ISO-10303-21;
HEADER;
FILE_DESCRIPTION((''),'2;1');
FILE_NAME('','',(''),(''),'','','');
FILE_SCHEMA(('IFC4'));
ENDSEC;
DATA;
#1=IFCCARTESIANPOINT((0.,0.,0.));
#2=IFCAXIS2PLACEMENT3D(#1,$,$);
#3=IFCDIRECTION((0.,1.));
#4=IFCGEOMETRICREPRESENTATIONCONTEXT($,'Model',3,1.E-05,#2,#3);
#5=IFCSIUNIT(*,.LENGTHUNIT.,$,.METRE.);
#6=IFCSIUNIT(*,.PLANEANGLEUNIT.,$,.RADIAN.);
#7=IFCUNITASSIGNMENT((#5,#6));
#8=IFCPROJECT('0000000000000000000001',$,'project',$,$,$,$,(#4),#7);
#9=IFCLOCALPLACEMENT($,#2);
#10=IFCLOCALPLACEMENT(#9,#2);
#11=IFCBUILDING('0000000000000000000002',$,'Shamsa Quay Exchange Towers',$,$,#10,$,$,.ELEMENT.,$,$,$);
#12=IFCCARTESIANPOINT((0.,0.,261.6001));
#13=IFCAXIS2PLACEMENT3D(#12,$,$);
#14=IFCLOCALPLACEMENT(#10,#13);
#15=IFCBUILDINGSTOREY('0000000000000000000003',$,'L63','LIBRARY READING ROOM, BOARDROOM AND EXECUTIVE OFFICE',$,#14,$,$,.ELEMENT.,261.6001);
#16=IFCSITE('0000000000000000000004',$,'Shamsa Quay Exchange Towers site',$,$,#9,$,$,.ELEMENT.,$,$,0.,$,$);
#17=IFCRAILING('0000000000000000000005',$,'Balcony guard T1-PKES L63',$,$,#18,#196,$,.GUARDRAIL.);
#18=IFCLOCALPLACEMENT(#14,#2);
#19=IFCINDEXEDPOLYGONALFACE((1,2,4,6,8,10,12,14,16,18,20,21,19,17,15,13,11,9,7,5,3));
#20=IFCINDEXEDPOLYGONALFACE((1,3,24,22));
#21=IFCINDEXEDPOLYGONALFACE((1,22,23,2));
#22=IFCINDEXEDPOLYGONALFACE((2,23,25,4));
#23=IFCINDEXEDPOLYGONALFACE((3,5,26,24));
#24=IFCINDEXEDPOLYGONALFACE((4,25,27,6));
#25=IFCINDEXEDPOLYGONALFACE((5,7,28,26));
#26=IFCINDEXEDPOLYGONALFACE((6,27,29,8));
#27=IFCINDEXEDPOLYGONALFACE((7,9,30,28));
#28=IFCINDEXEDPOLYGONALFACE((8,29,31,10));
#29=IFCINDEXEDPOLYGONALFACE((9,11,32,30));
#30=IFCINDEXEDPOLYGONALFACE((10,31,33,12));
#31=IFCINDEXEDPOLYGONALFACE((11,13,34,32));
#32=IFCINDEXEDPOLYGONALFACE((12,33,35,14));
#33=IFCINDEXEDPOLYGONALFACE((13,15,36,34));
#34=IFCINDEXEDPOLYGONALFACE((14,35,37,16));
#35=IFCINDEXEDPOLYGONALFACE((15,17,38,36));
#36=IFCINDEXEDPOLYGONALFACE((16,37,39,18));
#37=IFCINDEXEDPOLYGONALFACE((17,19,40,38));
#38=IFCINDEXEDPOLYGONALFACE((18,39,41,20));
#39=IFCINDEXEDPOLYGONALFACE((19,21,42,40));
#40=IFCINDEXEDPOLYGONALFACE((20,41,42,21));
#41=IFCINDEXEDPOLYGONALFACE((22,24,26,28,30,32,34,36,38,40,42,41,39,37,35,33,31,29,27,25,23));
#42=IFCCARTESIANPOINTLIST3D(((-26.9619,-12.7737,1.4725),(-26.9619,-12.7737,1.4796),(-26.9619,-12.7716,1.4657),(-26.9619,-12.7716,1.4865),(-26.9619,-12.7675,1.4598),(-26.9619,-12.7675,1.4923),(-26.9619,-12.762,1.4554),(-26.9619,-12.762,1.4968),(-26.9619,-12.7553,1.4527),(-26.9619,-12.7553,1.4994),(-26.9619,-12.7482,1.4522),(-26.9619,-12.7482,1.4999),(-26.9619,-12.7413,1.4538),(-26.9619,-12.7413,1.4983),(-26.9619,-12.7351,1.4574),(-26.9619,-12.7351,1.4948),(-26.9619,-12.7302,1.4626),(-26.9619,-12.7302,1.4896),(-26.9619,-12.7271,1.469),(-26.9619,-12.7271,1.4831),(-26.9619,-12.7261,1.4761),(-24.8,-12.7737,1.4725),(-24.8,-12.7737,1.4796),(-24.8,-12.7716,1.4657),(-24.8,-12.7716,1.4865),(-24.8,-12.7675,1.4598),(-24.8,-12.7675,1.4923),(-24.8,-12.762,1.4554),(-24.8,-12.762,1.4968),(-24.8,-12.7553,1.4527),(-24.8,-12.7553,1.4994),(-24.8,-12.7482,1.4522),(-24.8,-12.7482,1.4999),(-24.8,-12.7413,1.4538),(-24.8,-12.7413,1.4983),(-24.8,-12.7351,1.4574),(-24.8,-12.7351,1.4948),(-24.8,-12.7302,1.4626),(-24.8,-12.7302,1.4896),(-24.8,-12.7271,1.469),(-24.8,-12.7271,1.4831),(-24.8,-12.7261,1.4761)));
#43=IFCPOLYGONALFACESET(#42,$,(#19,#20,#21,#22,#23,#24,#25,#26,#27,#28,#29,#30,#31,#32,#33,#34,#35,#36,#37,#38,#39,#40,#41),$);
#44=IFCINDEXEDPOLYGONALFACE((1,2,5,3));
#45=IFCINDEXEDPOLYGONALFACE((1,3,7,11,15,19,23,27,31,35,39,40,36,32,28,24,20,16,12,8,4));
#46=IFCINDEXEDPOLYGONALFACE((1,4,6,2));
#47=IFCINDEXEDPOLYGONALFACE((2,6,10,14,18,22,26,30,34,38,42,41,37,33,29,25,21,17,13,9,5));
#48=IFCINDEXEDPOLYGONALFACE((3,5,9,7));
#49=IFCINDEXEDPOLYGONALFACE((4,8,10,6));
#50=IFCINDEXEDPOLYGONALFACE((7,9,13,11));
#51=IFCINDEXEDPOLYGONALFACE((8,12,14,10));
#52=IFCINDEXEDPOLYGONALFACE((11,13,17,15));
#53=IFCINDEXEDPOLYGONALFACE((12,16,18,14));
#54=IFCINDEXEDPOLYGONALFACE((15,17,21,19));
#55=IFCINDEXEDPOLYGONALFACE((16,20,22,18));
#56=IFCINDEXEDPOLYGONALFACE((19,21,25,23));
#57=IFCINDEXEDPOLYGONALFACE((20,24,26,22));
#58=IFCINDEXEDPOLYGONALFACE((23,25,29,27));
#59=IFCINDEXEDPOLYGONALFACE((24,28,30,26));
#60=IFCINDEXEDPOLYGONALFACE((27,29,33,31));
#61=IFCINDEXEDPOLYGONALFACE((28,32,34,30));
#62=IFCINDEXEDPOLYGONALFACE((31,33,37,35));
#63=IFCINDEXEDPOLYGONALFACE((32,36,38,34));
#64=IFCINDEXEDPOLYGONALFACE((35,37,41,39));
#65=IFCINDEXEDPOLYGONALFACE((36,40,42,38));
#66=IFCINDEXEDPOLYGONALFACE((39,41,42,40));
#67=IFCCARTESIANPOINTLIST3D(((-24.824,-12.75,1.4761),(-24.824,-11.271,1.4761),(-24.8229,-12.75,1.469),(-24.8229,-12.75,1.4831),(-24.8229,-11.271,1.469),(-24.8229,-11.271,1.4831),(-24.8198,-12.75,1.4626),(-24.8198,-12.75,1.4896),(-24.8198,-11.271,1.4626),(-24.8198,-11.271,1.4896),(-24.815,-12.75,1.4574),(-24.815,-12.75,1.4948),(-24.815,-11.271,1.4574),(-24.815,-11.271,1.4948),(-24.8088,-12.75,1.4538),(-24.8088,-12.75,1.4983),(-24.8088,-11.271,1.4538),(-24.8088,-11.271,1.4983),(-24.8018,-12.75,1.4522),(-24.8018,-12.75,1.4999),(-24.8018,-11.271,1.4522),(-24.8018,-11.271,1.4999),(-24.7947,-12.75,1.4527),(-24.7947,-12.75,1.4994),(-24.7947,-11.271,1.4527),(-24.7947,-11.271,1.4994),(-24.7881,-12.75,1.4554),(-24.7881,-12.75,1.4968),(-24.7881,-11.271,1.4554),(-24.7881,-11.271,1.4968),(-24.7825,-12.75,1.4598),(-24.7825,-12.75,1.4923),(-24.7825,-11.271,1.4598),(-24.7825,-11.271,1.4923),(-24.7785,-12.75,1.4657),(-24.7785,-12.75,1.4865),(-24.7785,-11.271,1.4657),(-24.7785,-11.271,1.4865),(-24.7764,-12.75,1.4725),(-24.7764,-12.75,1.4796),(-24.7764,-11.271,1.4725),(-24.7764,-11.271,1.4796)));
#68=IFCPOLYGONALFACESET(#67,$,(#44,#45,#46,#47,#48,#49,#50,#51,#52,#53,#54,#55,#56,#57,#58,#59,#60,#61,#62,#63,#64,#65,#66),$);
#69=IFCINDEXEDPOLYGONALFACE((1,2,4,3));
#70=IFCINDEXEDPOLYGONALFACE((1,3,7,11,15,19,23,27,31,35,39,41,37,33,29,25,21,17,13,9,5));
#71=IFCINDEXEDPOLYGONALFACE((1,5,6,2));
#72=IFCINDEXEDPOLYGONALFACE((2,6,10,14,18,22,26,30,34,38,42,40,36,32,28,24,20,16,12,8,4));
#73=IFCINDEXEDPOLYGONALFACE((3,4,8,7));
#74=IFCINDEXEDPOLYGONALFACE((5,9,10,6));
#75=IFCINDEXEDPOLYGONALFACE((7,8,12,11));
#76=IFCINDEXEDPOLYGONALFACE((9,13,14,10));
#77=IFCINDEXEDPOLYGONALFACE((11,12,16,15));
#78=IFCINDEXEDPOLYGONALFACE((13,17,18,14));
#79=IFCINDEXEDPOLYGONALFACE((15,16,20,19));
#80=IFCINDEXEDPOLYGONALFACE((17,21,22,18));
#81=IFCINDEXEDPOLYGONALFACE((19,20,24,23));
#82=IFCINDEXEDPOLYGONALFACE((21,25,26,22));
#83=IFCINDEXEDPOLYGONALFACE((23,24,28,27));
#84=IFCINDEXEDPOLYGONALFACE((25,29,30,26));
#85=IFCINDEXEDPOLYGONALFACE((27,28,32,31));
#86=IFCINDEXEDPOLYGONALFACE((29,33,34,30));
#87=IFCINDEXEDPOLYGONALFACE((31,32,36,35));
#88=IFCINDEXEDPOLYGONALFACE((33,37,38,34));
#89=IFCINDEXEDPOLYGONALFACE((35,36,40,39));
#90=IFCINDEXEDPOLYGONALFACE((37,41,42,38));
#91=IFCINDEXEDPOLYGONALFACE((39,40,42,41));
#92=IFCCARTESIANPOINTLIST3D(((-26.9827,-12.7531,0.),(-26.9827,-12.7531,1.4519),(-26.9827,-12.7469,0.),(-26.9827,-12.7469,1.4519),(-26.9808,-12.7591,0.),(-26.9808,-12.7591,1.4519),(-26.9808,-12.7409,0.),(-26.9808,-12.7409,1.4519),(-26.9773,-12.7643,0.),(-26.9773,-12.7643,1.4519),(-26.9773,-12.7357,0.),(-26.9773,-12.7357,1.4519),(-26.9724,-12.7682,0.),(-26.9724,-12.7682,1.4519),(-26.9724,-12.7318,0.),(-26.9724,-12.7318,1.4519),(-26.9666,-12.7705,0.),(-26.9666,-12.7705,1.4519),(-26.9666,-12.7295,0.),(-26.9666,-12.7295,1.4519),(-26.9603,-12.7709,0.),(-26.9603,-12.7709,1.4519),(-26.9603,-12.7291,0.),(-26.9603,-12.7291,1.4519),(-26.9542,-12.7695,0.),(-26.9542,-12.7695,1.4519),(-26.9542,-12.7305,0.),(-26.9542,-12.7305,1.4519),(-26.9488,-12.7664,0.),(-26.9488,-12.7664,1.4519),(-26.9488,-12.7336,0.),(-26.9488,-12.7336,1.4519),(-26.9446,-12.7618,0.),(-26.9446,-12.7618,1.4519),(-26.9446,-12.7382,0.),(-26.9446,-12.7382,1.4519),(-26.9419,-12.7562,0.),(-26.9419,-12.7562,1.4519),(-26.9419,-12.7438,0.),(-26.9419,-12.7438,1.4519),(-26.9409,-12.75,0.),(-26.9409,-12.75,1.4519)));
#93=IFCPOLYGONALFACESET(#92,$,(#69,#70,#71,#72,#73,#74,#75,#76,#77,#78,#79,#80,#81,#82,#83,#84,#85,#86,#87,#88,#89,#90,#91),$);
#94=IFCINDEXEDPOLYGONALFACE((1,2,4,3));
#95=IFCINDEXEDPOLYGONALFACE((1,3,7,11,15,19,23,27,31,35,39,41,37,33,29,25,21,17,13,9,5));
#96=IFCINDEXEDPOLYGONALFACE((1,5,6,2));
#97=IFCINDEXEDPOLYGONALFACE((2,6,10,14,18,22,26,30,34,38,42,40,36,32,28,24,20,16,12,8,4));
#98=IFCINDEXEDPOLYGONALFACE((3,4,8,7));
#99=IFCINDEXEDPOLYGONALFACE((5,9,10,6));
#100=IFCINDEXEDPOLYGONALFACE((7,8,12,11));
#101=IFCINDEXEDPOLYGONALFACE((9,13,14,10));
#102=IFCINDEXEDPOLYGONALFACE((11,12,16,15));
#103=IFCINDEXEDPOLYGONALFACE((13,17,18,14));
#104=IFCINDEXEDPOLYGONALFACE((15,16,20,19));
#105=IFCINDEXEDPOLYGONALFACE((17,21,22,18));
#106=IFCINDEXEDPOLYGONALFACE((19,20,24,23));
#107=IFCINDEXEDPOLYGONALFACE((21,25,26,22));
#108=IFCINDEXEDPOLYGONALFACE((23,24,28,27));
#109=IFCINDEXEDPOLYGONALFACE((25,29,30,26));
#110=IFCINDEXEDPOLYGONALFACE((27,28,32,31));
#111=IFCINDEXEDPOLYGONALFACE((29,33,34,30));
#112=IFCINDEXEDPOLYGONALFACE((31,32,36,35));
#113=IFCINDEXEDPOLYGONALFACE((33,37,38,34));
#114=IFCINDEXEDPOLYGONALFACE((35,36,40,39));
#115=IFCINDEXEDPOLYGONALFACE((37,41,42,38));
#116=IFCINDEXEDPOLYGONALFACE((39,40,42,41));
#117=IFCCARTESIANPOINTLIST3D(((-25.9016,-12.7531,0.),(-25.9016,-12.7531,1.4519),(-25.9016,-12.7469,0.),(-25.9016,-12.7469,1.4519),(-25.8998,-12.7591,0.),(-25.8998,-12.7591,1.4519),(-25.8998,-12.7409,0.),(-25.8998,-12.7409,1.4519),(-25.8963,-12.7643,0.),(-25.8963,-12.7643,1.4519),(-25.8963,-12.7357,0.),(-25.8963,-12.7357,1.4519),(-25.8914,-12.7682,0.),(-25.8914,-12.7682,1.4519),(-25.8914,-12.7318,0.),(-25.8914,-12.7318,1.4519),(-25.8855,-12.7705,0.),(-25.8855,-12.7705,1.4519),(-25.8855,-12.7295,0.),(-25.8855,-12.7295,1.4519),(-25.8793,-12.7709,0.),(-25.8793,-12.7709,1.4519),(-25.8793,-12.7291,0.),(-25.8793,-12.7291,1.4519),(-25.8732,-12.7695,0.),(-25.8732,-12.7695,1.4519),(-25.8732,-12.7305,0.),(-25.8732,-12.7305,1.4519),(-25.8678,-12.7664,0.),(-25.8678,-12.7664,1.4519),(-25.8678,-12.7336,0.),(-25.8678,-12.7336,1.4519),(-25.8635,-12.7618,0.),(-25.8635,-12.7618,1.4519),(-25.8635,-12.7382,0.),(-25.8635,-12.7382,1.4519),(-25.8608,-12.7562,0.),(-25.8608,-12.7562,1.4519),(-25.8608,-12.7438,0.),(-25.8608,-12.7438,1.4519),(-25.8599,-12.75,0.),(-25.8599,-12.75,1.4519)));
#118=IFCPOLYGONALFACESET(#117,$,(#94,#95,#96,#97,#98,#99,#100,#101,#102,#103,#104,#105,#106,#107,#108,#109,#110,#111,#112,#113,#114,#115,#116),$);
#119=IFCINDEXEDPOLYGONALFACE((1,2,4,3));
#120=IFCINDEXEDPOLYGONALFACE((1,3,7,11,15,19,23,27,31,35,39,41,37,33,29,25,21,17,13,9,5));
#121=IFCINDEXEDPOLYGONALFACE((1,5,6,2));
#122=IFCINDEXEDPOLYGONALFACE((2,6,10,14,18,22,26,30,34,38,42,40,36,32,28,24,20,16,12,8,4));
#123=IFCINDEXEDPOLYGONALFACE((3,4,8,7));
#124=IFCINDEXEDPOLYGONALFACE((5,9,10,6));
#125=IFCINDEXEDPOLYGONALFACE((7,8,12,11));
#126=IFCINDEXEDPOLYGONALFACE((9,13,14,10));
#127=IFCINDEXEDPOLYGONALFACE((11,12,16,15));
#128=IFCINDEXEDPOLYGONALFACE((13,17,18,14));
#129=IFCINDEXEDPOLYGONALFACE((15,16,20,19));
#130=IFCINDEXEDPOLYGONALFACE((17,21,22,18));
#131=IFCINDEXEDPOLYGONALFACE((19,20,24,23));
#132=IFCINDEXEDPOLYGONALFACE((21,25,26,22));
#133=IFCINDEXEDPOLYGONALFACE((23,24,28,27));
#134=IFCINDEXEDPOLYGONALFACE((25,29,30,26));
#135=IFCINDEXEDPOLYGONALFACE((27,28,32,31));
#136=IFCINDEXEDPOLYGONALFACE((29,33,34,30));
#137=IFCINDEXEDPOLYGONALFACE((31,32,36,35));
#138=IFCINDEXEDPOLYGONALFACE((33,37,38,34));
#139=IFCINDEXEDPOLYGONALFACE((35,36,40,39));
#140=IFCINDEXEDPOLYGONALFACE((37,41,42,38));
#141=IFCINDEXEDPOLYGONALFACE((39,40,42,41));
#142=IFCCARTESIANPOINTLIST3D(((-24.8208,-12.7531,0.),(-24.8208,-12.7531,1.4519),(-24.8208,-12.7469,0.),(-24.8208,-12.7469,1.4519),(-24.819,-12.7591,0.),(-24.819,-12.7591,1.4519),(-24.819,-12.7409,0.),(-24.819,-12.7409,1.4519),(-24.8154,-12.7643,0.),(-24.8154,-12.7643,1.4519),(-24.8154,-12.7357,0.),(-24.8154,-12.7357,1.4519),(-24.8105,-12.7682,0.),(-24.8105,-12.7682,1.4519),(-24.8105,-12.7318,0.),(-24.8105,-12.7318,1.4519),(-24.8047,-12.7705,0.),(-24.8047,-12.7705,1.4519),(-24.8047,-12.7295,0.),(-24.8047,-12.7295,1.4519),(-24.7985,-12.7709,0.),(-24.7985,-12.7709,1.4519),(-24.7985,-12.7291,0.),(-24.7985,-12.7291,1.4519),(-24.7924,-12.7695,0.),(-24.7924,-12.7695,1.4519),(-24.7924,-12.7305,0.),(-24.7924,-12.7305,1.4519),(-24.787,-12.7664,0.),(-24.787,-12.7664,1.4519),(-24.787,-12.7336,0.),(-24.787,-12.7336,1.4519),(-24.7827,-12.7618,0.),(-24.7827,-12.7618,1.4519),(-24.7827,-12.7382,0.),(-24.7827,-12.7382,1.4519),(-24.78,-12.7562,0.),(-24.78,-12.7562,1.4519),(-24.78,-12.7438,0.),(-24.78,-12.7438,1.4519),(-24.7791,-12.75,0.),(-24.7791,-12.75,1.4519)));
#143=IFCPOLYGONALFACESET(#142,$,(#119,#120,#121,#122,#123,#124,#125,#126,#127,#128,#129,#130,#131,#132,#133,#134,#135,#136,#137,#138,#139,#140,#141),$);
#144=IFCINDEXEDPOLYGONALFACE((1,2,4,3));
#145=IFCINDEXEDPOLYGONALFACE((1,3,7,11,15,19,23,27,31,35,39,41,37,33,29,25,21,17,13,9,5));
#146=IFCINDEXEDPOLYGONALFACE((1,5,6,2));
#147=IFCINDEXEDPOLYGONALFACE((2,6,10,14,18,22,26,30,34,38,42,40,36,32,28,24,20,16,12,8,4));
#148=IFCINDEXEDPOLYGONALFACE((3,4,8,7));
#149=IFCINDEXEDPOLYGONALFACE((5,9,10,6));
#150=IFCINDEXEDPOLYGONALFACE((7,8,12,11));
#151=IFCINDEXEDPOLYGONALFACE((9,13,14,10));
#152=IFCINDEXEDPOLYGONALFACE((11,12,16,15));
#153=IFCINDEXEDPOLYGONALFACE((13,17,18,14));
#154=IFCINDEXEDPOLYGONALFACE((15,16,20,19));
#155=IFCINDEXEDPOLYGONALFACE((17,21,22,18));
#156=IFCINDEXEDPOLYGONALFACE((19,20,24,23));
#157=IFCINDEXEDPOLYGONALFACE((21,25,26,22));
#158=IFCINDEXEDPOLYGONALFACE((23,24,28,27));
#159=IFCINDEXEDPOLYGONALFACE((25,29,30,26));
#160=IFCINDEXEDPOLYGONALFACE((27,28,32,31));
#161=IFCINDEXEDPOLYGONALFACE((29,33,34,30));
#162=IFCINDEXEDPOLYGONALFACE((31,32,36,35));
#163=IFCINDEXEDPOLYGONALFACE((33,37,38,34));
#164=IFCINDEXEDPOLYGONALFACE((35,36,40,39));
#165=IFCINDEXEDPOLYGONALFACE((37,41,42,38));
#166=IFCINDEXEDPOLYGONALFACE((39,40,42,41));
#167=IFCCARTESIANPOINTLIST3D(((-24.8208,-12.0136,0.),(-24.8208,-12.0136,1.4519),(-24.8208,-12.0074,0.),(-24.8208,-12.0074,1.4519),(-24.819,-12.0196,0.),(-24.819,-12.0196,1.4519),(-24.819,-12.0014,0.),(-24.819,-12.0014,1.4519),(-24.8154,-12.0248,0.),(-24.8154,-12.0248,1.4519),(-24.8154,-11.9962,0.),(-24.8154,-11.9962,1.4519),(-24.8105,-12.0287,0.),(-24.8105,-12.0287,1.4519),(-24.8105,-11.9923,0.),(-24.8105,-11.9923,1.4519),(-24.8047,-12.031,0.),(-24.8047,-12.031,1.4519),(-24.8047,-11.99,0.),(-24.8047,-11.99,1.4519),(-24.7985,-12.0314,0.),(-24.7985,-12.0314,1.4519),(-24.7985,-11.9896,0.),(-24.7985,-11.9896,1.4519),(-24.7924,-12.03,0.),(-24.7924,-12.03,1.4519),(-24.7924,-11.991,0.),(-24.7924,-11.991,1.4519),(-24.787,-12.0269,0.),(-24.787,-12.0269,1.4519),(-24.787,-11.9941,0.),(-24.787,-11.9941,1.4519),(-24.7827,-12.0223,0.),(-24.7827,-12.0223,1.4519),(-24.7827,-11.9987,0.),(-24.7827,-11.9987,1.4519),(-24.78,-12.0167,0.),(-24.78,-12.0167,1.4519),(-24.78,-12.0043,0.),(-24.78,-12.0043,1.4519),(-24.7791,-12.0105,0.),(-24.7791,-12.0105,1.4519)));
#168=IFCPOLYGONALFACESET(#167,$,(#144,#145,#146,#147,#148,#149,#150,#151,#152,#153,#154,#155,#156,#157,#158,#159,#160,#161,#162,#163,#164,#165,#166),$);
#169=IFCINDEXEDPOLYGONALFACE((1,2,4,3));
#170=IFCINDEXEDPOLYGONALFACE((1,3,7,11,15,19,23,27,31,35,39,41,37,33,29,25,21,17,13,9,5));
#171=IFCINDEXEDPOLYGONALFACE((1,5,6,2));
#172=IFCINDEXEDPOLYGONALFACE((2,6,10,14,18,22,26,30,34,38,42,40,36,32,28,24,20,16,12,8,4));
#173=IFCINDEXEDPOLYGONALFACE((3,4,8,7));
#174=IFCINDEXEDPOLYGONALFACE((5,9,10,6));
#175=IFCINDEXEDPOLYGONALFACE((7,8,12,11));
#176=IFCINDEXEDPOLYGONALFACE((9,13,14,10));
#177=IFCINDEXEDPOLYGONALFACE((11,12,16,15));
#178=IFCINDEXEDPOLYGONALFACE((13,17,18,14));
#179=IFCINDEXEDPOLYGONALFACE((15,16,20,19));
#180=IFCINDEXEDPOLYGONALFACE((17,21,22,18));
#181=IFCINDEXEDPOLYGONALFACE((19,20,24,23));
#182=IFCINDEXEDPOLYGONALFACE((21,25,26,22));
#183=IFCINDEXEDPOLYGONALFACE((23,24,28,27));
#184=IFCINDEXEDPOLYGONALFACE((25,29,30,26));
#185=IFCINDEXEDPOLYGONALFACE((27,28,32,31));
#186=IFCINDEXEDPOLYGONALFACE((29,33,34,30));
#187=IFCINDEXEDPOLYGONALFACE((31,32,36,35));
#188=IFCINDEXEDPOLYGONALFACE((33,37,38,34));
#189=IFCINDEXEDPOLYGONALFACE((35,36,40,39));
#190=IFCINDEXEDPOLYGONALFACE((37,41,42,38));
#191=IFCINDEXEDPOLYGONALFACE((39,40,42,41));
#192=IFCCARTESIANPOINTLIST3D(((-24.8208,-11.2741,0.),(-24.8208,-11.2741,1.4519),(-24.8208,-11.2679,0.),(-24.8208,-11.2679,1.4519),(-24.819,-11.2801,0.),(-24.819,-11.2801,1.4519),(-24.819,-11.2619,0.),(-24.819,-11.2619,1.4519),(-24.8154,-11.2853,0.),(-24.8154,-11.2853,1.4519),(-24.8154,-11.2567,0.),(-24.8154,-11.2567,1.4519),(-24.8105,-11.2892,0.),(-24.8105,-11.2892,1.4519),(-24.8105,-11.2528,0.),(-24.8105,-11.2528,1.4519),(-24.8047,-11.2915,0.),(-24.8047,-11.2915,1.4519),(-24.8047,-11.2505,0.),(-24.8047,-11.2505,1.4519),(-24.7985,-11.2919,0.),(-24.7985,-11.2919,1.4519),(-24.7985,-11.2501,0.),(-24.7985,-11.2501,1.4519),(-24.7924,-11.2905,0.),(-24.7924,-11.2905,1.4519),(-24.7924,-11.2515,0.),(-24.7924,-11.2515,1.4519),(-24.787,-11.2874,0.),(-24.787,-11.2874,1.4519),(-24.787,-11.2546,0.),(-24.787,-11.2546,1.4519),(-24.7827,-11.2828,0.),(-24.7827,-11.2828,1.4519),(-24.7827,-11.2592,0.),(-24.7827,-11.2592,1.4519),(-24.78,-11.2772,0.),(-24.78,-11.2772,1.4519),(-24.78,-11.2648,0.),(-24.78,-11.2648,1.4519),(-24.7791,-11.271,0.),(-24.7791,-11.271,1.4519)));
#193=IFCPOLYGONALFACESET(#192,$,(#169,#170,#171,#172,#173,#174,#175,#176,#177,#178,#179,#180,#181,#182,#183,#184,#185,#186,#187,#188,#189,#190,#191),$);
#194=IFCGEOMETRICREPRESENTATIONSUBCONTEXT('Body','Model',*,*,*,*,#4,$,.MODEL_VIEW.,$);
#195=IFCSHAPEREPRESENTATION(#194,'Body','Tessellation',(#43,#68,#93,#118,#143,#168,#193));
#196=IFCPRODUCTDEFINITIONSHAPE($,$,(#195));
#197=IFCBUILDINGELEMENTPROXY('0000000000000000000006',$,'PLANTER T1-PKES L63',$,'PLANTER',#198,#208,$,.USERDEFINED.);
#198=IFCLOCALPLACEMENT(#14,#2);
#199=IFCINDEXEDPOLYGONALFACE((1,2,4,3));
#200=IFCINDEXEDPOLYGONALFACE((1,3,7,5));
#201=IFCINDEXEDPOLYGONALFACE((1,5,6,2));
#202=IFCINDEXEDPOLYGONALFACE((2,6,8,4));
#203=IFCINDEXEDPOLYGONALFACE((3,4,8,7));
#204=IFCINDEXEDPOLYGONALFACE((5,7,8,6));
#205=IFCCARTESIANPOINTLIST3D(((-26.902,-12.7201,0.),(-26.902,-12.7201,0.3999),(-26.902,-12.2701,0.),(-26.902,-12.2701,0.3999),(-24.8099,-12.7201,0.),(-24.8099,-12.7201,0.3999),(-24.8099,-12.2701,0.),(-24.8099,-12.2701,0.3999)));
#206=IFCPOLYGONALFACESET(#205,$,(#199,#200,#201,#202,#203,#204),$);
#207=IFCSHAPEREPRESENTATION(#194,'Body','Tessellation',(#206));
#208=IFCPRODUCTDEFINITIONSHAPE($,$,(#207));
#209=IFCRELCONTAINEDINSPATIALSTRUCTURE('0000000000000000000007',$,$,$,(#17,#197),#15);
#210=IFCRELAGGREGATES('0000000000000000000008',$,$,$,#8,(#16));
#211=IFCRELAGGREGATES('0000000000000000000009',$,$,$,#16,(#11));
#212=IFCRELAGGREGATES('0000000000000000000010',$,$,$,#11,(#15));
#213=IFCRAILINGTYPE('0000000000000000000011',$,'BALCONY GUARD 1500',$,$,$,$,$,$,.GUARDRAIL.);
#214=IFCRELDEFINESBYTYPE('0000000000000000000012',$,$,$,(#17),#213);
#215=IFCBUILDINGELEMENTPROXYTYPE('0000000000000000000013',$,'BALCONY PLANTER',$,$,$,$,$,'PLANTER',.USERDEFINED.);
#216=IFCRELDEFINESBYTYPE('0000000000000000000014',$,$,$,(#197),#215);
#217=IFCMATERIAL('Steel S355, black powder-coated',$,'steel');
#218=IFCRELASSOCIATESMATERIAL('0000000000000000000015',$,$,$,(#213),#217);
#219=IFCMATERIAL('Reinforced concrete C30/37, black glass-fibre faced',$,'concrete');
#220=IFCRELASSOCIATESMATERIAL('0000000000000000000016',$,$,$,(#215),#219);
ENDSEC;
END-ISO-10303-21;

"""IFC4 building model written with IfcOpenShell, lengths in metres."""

from ifc_helpers import new_model, si_unit, direction, frame, origin, origin_2d, place, context, subcontext, project, spatial, rectangle, circle, extrude, material, type_object, element, save


model = new_model("IFC4")

# Units and contexts
model_context = context("Model", 3, precision=1e-05, world=origin(), true_north=direction((0.0, 1.0)))
body_context = subcontext(model_context, "Body", "Model", "MODEL_VIEW")
ifc_project = project(units=[si_unit("LENGTHUNIT", "METRE"), si_unit("PLANEANGLEUNIT", "RADIAN")], contexts=[model_context])

# Site, building, storey
site_placement = place(None, origin())
site = spatial("IfcSite", under=ifc_project, at=site_placement, Name="Shamsa Quay Exchange Towers site", CompositionType="ELEMENT", RefElevation=0.0)
building_placement = place(site_placement, origin())
building = spatial("IfcBuilding", under=site, at=building_placement, Name="Shamsa Quay Exchange Towers", CompositionType="ELEMENT")
storey_placement = place(building_placement, frame((0.0, 0.0, 261.6001)))
storey = spatial("IfcBuildingStorey", under=building, at=storey_placement, Name="L63", Description="LIBRARY READING ROOM, BOARDROOM AND EXECUTIVE OFFICE", CompositionType="ELEMENT", Elevation=261.6001)

# Railing
ifc_material_1 = material(Name="Steel S355, black powder-coated", Category="steel")
railing_type_1 = type_object("IfcRailingType", Name="BALCONY GUARD 1500", PredefinedType="GUARDRAIL", material=ifc_material_1)
railing_1_placement = place(storey_placement, frame((-26.9619, -12.75, 0.0)))
element("IfcRailing", 1, at=railing_1_placement, inside=storey, type_object=railing_type_1, Name="Balcony guard T1-PKES L63", PredefinedType="GUARDRAIL", context=body_context, shape_type="SweptSolid", body=[
    extrude(circle(Radius=0.0239, at=origin_2d()), frame((0.0, 0.0, 1.4761), z_axis=(1.0, 0.0, 0.0), x_axis=(0.0, 1.0, 0.0)), (0.0, 0.0, 1.0), 2.1619),
    extrude(circle(Radius=0.0239, at=origin_2d()), frame((2.1619, 0.0, 1.4761), z_axis=(0.0, 1.0, 0.0), x_axis=(-1.0, 0.0, 0.0)), (0.0, 0.0, 1.0), 1.479),
    extrude(circle(Radius=0.021, at=origin_2d()), origin(), (0.0, 0.0, 1.0), 1.4519),
    extrude(circle(Radius=0.021, at=origin_2d()), frame((1.0811, 0.0, 0.0)), (0.0, 0.0, 1.0), 1.4519),
    extrude(circle(Radius=0.021, at=origin_2d()), frame((2.1619, 0.0, 0.0)), (0.0, 0.0, 1.0), 1.4519),
    extrude(circle(Radius=0.021, at=origin_2d()), frame((2.1619, 0.7395, 0.0)), (0.0, 0.0, 1.0), 1.4519),
    extrude(circle(Radius=0.021, at=origin_2d()), frame((2.1619, 1.479, 0.0)), (0.0, 0.0, 1.0), 1.4519),
])

# Building element proxy
ifc_material_2 = material(Name="Reinforced concrete C30/37, black glass-fibre faced", Category="concrete")
building_element_proxy_type = type_object("IfcBuildingElementProxyType", Name="BALCONY PLANTER", ElementType="PLANTER", PredefinedType="USERDEFINED", material=ifc_material_2)
proxy_placement = place(storey_placement, frame((-25.856, -12.4951, 0.0)))
element("IfcBuildingElementProxy", 2, at=proxy_placement, inside=storey, type_object=building_element_proxy_type, Name="PLANTER T1-PKES L63", ObjectType="PLANTER", PredefinedType="USERDEFINED", context=body_context, shape_type="SweptSolid", body=[
    extrude(rectangle(XDim=2.092, YDim=0.45, at=origin_2d()), origin(), (0.0, 0.0, 1.0), 0.3999),
])

save(model, "model.ifc")
